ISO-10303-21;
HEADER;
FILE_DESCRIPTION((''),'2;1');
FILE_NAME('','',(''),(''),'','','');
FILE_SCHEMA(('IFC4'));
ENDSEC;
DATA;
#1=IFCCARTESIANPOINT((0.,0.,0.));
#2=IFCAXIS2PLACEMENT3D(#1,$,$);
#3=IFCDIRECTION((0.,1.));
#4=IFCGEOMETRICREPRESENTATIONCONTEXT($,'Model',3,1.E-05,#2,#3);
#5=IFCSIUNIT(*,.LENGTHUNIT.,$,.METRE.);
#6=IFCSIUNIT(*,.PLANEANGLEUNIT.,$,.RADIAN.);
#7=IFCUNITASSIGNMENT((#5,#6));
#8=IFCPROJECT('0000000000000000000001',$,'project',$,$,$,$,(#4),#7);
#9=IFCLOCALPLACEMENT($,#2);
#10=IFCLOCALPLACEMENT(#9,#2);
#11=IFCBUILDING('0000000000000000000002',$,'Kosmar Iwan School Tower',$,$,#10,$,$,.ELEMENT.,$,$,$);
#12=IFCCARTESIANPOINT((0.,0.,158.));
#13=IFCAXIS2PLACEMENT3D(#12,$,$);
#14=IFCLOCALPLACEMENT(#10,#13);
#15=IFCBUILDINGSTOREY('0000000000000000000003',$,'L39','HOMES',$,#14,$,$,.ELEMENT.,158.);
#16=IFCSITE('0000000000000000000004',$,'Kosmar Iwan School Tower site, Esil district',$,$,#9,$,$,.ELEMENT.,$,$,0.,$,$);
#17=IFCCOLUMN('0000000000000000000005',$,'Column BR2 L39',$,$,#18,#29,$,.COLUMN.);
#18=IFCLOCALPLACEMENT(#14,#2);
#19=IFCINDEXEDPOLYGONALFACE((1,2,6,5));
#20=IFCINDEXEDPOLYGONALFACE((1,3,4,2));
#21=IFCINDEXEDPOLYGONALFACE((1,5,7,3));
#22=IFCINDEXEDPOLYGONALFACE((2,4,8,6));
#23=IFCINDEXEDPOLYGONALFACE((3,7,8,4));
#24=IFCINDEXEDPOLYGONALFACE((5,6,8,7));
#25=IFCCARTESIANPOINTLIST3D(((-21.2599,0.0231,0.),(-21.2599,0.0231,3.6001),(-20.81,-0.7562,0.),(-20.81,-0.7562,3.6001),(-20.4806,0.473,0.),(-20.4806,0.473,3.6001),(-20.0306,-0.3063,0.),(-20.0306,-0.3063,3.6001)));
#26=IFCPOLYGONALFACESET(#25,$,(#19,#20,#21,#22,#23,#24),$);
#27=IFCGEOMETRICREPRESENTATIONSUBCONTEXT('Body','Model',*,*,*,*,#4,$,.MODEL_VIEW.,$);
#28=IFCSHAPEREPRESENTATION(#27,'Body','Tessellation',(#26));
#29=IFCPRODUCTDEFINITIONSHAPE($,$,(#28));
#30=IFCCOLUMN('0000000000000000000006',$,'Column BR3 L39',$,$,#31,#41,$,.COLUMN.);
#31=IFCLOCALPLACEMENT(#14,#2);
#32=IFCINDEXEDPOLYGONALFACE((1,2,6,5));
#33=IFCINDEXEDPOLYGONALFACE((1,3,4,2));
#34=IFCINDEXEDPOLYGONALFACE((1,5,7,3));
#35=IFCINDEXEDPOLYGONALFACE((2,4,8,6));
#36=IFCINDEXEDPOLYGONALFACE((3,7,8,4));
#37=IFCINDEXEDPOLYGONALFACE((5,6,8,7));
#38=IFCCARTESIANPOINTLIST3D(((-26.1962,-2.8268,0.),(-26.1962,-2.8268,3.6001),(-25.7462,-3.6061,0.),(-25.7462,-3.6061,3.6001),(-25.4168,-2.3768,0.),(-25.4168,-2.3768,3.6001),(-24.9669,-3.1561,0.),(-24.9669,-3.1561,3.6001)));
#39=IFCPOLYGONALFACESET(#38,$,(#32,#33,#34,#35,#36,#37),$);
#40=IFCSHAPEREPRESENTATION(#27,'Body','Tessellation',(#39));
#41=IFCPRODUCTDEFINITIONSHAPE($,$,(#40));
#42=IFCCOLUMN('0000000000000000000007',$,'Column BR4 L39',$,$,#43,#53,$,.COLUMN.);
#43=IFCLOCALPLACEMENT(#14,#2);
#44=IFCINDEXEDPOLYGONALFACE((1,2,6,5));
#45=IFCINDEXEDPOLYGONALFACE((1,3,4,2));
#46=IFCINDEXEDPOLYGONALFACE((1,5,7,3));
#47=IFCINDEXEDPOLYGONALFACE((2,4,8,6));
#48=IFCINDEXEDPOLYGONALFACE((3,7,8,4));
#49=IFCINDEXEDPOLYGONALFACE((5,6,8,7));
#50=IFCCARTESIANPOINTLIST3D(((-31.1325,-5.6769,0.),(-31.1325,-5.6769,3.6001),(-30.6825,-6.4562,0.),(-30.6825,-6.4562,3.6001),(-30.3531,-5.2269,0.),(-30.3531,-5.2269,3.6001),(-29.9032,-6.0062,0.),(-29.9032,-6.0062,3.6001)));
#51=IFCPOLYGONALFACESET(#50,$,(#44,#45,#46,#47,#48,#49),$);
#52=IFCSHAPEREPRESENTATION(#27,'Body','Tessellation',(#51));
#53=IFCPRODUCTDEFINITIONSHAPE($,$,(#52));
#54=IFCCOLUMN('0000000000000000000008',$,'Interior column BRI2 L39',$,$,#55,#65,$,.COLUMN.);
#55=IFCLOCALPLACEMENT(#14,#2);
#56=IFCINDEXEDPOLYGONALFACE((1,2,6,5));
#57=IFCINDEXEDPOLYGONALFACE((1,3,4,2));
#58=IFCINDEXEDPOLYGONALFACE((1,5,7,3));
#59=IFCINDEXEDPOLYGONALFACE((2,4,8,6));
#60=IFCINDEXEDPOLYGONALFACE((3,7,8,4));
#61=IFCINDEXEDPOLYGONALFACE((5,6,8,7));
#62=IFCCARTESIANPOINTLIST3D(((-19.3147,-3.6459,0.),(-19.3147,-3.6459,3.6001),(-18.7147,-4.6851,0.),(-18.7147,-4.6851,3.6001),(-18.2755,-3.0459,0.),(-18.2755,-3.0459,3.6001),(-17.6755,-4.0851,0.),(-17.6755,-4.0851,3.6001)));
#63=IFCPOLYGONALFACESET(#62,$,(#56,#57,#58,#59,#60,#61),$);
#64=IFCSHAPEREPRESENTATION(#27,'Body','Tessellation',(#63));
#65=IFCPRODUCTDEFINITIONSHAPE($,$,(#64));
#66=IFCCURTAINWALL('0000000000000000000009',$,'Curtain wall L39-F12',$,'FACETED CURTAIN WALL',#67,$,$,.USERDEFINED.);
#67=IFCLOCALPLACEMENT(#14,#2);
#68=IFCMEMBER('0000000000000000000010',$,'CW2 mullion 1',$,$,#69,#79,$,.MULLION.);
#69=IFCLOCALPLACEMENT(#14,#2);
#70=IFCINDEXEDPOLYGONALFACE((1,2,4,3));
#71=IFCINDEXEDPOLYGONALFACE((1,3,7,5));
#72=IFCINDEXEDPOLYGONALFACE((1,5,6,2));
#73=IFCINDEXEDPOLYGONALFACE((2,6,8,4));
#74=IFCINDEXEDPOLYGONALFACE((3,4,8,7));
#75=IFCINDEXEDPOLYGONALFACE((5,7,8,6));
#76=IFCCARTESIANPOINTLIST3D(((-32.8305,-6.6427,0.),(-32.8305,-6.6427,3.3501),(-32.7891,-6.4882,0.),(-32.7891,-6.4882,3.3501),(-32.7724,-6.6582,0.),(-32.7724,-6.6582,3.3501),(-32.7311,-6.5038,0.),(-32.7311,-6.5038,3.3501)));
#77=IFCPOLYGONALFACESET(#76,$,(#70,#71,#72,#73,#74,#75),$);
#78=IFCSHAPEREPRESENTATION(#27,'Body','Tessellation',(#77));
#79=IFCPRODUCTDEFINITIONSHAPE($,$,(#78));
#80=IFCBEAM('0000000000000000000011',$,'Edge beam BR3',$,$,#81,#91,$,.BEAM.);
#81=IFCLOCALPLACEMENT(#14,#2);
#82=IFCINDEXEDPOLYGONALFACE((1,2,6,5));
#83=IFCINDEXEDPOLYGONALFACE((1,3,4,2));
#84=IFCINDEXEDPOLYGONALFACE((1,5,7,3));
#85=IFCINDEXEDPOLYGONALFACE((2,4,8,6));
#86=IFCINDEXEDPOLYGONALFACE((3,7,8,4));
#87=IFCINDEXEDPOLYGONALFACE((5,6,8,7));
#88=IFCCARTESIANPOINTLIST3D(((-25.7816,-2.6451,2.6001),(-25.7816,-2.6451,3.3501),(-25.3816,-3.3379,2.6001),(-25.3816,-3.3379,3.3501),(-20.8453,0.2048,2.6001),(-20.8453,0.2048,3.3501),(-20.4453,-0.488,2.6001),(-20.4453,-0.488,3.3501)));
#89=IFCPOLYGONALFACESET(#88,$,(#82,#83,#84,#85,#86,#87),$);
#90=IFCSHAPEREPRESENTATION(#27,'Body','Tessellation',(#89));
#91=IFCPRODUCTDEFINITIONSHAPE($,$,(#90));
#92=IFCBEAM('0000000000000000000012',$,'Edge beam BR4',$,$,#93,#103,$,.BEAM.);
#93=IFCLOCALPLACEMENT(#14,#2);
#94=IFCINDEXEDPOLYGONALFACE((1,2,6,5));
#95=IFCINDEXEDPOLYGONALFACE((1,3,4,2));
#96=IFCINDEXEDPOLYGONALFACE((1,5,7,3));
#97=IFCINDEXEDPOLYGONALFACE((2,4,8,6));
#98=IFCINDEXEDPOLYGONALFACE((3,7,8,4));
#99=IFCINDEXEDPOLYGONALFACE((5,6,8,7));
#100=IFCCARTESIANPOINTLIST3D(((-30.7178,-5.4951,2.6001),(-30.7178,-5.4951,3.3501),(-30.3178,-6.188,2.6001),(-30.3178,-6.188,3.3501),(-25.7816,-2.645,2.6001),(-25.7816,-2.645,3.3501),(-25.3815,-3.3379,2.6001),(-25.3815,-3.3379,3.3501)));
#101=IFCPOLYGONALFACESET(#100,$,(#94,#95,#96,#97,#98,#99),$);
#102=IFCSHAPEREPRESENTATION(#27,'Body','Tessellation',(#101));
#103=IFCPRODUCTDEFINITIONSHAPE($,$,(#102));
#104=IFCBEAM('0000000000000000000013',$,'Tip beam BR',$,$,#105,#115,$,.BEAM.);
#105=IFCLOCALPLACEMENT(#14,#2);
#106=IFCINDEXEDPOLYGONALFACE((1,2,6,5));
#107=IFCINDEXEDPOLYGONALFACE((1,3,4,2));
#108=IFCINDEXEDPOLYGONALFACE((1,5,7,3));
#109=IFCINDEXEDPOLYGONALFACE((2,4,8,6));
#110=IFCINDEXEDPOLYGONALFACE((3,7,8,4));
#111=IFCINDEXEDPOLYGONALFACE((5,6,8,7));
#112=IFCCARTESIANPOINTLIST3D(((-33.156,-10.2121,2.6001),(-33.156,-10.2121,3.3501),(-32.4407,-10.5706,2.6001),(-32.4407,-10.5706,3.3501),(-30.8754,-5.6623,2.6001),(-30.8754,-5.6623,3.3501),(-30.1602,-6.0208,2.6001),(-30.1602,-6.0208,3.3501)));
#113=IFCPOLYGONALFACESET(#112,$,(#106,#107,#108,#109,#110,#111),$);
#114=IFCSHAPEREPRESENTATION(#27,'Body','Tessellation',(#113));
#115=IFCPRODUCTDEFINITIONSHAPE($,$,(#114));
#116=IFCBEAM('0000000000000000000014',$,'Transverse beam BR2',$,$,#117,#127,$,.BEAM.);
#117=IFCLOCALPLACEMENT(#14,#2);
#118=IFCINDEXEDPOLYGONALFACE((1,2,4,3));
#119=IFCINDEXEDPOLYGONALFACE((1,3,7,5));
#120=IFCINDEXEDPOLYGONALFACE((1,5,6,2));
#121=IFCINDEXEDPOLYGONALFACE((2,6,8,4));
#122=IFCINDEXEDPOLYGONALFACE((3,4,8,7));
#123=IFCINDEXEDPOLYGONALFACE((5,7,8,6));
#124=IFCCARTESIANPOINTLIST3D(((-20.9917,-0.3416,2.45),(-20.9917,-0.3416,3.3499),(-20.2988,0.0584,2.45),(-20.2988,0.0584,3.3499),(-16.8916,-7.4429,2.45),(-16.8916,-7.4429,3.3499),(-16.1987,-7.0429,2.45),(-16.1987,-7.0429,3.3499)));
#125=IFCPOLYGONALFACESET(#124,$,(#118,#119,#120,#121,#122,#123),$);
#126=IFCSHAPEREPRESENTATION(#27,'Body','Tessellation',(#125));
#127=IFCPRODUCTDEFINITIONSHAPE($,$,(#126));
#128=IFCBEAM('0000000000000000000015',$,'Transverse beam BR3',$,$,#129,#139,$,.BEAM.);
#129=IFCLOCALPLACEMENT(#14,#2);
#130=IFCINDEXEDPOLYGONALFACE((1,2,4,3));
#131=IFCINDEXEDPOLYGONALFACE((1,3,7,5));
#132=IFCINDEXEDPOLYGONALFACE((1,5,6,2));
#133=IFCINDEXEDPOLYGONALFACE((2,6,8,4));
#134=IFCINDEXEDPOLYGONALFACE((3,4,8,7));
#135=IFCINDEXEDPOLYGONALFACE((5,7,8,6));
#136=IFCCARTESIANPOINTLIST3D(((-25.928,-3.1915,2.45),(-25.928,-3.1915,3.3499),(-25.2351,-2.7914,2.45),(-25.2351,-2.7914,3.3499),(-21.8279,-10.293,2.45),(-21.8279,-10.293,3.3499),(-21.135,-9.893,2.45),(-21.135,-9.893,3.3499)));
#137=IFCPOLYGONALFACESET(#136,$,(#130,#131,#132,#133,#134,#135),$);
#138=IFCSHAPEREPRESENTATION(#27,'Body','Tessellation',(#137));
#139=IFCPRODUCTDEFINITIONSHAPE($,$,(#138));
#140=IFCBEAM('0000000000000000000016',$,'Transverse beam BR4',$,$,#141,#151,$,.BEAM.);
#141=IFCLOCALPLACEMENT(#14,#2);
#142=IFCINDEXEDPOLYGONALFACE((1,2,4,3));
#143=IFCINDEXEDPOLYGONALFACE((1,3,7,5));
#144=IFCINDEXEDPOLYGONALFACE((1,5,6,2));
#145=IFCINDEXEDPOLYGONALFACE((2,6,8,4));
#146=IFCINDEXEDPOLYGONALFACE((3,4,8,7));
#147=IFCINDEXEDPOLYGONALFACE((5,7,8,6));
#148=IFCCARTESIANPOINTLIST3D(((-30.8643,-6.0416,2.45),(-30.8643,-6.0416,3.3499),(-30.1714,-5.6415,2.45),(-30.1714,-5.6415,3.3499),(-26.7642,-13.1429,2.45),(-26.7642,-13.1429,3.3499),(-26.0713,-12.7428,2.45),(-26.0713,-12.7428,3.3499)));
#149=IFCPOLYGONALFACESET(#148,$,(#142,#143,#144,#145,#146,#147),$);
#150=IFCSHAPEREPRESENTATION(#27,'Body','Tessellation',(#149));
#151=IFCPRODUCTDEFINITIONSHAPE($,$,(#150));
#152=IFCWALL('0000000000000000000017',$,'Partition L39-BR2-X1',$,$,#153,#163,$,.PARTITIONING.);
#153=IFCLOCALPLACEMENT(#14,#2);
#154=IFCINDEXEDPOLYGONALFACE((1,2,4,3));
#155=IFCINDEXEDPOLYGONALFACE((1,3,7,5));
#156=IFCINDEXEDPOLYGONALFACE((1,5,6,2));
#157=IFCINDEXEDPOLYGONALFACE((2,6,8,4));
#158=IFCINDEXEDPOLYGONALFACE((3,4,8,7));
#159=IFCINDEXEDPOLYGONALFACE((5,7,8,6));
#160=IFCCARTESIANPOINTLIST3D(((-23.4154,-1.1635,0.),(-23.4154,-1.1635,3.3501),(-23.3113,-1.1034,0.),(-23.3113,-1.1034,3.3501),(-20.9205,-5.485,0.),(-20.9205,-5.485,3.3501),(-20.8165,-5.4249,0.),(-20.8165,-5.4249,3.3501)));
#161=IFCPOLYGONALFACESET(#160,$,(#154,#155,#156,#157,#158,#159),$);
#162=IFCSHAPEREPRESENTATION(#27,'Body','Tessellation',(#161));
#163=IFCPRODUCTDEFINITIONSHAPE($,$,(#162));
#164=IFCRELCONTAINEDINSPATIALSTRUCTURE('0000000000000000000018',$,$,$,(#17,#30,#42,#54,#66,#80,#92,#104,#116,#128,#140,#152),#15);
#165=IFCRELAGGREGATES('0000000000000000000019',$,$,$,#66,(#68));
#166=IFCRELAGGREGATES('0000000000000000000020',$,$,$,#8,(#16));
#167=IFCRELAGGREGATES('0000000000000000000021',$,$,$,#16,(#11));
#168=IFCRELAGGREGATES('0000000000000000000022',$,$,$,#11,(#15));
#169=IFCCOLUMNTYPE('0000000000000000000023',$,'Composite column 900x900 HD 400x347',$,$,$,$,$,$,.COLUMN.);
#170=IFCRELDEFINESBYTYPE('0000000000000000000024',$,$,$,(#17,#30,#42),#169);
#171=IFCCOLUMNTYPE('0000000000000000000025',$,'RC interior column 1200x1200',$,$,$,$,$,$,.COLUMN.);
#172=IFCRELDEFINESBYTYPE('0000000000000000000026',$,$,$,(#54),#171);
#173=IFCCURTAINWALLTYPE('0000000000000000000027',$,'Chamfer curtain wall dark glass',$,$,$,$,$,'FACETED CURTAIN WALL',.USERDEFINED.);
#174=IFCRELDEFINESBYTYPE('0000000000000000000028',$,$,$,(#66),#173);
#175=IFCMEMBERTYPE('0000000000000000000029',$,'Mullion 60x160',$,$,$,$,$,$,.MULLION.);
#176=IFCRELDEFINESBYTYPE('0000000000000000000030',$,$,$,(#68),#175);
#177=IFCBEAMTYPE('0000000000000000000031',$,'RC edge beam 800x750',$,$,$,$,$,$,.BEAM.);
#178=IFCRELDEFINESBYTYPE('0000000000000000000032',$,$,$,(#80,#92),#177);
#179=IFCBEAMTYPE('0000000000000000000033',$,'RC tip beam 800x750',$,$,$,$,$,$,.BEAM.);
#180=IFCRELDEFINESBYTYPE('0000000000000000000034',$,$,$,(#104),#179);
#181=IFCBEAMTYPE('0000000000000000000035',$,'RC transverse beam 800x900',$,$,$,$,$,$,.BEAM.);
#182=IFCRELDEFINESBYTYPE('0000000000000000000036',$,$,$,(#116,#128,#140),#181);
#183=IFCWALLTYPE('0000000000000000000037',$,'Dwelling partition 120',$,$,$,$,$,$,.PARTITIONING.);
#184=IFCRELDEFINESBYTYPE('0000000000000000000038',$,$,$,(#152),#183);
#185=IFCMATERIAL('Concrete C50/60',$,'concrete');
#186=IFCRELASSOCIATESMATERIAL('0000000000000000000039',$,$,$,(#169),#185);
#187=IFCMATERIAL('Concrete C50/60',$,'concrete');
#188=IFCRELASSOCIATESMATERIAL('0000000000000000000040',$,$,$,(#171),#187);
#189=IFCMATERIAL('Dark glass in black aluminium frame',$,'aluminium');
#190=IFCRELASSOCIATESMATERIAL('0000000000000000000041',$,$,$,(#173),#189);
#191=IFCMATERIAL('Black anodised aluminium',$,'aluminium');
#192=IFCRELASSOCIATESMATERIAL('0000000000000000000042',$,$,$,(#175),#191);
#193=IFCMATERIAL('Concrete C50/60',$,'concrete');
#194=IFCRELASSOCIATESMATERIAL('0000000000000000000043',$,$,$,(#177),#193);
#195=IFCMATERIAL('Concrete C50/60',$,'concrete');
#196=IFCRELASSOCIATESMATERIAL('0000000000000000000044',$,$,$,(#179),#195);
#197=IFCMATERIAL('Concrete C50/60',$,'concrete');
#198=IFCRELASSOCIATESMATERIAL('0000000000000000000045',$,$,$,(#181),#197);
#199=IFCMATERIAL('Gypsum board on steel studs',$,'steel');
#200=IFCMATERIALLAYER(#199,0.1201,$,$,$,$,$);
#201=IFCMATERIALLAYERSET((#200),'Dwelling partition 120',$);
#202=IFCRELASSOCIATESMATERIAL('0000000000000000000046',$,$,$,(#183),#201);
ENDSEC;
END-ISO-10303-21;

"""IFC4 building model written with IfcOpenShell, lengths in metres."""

from ifc_helpers import new_model, si_unit, direction, frame, frame_2d, origin, origin_2d, place, context, subcontext, project, spatial, rectangle, extrude, material, layer, layer_set, material_profile, profile_set, type_object, element, aggregate, save


model = new_model("IFC4")

# Units and contexts
model_context = context("Model", 3, precision=1e-05, world=origin(), true_north=direction((0.0, 1.0)))
body_context = subcontext(model_context, "Body", "Model", "MODEL_VIEW")
ifc_project = project(units=[si_unit("LENGTHUNIT", "METRE"), si_unit("PLANEANGLEUNIT", "RADIAN")], contexts=[model_context])

# Site, building, storey
site_placement = place(None, origin())
site = spatial("IfcSite", under=ifc_project, at=site_placement, Name="Kosmar Iwan School Tower site, Esil district", CompositionType="ELEMENT", RefElevation=0.0)
building_placement = place(site_placement, origin())
building = spatial("IfcBuilding", under=site, at=building_placement, Name="Kosmar Iwan School Tower", CompositionType="ELEMENT")
storey_placement = place(building_placement, frame((0.0, 0.0, 158.0)))
storey = spatial("IfcBuildingStorey", under=building, at=storey_placement, Name="L39", Description="HOMES", CompositionType="ELEMENT", Elevation=158.0)

# Columns
ifc_material_1 = material(Name="Concrete C50/60", Category="concrete")
ifc_material_profile_1 = material_profile(ifc_material_1, rectangle(XDim=0.8999, YDim=0.8999, at=origin_2d()), Name="RC 900x900 + HD 400x347")
ifc_profile_set_1 = profile_set([ifc_material_profile_1], Name="Concrete C50/60")
column_type_1 = type_object("IfcColumnType", Name="Composite column 900x900 HD 400x347", PredefinedType="COLUMN", material=ifc_profile_set_1)
for number, where, z_axis, x_axis, name in (
    (1, (-20.6453, -0.1416, 0.0), (0.0, 0.0, 1.0), (-0.866025, -0.5, 0.0), "Column BR2 L39"),
    (2, (-25.5815, -2.9915, 0.0), (0.0, 0.0, 1.0), (-0.866025, -0.5, 0.0), "Column BR3 L39"),
    (3, (-30.5178, -5.8416, 0.0), (0.0, 0.0, 1.0), (-0.866025, -0.5, 0.0), "Column BR4 L39"),
):
    element("IfcColumn", number, at=place(storey_placement, frame(where, z_axis=z_axis, x_axis=x_axis)), inside=storey, type_object=column_type_1, Name=name, PredefinedType="COLUMN", context=body_context, shape_type="SweptSolid", body=[
        extrude(rectangle(XDim=0.8999, YDim=0.8999, at=origin_2d()), origin(), (0.0, 0.0, 1.0), 3.6001),
    ])
ifc_material_2 = material(Name="Concrete C50/60", Category="concrete")
ifc_material_profile_2 = material_profile(ifc_material_2, rectangle(XDim=1.2, YDim=1.2, at=origin_2d()), Name="RC 1200x1200")
ifc_profile_set_2 = profile_set([ifc_material_profile_2], Name="Concrete C50/60")
column_type_2 = type_object("IfcColumnType", Name="RC interior column 1200x1200", PredefinedType="COLUMN", material=ifc_profile_set_2)
column_placement = place(storey_placement, frame((-18.4951, -3.8655, 0.0), z_axis=(0.0, 0.0, 1.0), x_axis=(-0.866025, -0.5, 0.0)))
element("IfcColumn", 4, at=column_placement, inside=storey, type_object=column_type_2, Name="Interior column BRI2 L39", PredefinedType="COLUMN", context=body_context, shape_type="SweptSolid", body=[
    extrude(rectangle(XDim=1.2, YDim=1.2, at=origin_2d()), origin(), (0.0, 0.0, 1.0), 3.6001),
])

# Curtain wall, member
ifc_material_3 = material(Name="Dark glass in black aluminium frame", Category="aluminium")
curtain_wall_type = type_object("IfcCurtainWallType", Name="Chamfer curtain wall dark glass", ElementType="FACETED CURTAIN WALL", PredefinedType="USERDEFINED", material=ifc_material_3)
curtain_wall_placement = place(storey_placement, origin())
curtain_wall = element("IfcCurtainWall", 5, at=curtain_wall_placement, inside=storey, type_object=curtain_wall_type, Name="Curtain wall L39-F12", ObjectType="FACETED CURTAIN WALL", PredefinedType="USERDEFINED")
ifc_material_4 = material(Name="Black anodised aluminium", Category="aluminium")
ifc_material_profile_3 = material_profile(ifc_material_4, rectangle(XDim=0.0601, YDim=0.1599, at=origin_2d()), Name="MULLION 60x160")
ifc_profile_set_3 = profile_set([ifc_material_profile_3], Name="Black anodised aluminium")
member_type = type_object("IfcMemberType", Name="Mullion 60x160", PredefinedType="MULLION", material=ifc_profile_set_3)
member_placement = place(storey_placement, frame((-32.7808, -6.5732, 0.0), z_axis=(0.0, 0.0, 1.0), x_axis=(0.965926, -0.258819, 0.0)))
member = element("IfcMember", 6, at=member_placement, type_object=member_type, Name="CW2 mullion 1", PredefinedType="MULLION", context=body_context, shape_type="SweptSolid", body=[
    extrude(rectangle(XDim=0.0601, YDim=0.1599, at=origin_2d()), origin(), (0.0, 0.0, 1.0), 3.3501),
])
aggregate(curtain_wall, [member])

# Beams
ifc_material_5 = material(Name="Concrete C50/60", Category="concrete")
ifc_material_profile_4 = material_profile(ifc_material_5, rectangle(XDim=0.8, YDim=0.75, at=origin_2d()), Name="RC 800x750")
ifc_profile_set_4 = profile_set([ifc_material_profile_4], Name="Concrete C50/60")
beam_type_1 = type_object("IfcBeamType", Name="RC edge beam 800x750", PredefinedType="BEAM", material=ifc_profile_set_4)
for number, where, z_axis, x_axis, name in (
    (7, (-20.6453, -0.1416, 2.9751), (-0.866034, -0.499986, 0.0), (0.499986, -0.866034, 0.0), "Edge beam BR3"),
    (8, (-25.5815, -2.9915, 2.9751), (-0.866015, -0.500018, 0.0), (0.500018, -0.866015, 0.0), "Edge beam BR4"),
):
    element("IfcBeam", number, at=place(storey_placement, frame(where, z_axis=z_axis, x_axis=x_axis)), inside=storey, type_object=beam_type_1, Name=name, PredefinedType="BEAM", context=body_context, shape_type="SweptSolid", body=[
        extrude(rectangle(XDim=0.8, YDim=0.75, at=origin_2d()), origin(), (0.0, 0.0, 1.0), 5.7),
    ])
ifc_material_6 = material(Name="Concrete C50/60", Category="concrete")
ifc_material_profile_5 = material_profile(ifc_material_6, rectangle(XDim=0.8, YDim=0.75, at=origin_2d()), Name="RC 800x750")
ifc_profile_set_5 = profile_set([ifc_material_profile_5], Name="Concrete C50/60")
beam_type_2 = type_object("IfcBeamType", Name="RC tip beam 800x750", PredefinedType="BEAM", material=ifc_profile_set_5)
beam_1_placement = place(storey_placement, frame((-30.5178, -5.8416, 2.9751), z_axis=(-0.448096, -0.893985, 0.0), x_axis=(0.893985, -0.448096, 0.0)))
element("IfcBeam", 9, at=beam_1_placement, inside=storey, type_object=beam_type_2, Name="Tip beam BR", PredefinedType="BEAM", context=body_context, shape_type="SweptSolid", body=[
    extrude(rectangle(XDim=0.8, YDim=0.75, at=origin_2d()), origin(), (0.0, 0.0, 1.0), 5.0894),
])
ifc_material_7 = material(Name="Concrete C50/60", Category="concrete")
ifc_material_profile_6 = material_profile(ifc_material_7, rectangle(XDim=0.8, YDim=0.8999, at=origin_2d()), Name="RC 800x900")
ifc_profile_set_6 = profile_set([ifc_material_profile_6], Name="Concrete C50/60")
beam_type_3 = type_object("IfcBeamType", Name="RC transverse beam 800x900", PredefinedType="BEAM", material=ifc_profile_set_6)
beam_2_placement = place(storey_placement, frame((-20.6453, -0.1416, 2.8999), z_axis=(0.500014, -0.866018, 0.0), x_axis=(0.866018, 0.500014, 0.0)))
element("IfcBeam", 10, at=beam_2_placement, inside=storey, type_object=beam_type_3, Name="Transverse beam BR2", PredefinedType="BEAM", context=body_context, shape_type="SweptSolid", body=[
    extrude(rectangle(XDim=0.8, YDim=0.8999, at=origin_2d()), origin(), (0.0, 0.0, 1.0), 8.2),
])
beam_3_placement = place(storey_placement, frame((-25.5815, -2.9915, 2.8999), z_axis=(0.500001, -0.866025, 0.0), x_axis=(0.866025, 0.500001, 0.0)))
element("IfcBeam", 11, at=beam_3_placement, inside=storey, type_object=beam_type_3, Name="Transverse beam BR3", PredefinedType="BEAM", context=body_context, shape_type="SweptSolid", body=[
    extrude(rectangle(XDim=0.8, YDim=0.8999, at=origin_2d()), origin(), (0.0, 0.0, 1.0), 8.2002),
])
beam_4_placement = place(storey_placement, frame((-30.5178, -5.8416, 2.8999), z_axis=(0.500014, -0.866018, 0.0), x_axis=(0.866018, 0.500014, 0.0)))
element("IfcBeam", 12, at=beam_4_placement, inside=storey, type_object=beam_type_3, Name="Transverse beam BR4", PredefinedType="BEAM", context=body_context, shape_type="SweptSolid", body=[
    extrude(rectangle(XDim=0.8, YDim=0.8999, at=origin_2d()), origin(), (0.0, 0.0, 1.0), 8.2),
])

# Wall
ifc_material_8 = material(Name="Gypsum board on steel studs", Category="steel")
ifc_layer = layer(ifc_material_8, 0.1201)
ifc_layer_set = layer_set([ifc_layer], Name="Dwelling partition 120")
wall_type = type_object("IfcWallType", Name="Dwelling partition 120", PredefinedType="PARTITIONING", material=ifc_layer_set)
wall_placement = place(storey_placement, frame((-20.8684, -5.4551, 0.0), z_axis=(0.0, 0.0, 1.0), x_axis=(-0.499975, 0.86604, 0.0)))
element("IfcWall", 13, at=wall_placement, inside=storey, type_object=wall_type, Name="Partition L39-BR2-X1", PredefinedType="PARTITIONING", context=body_context, shape_type="SweptSolid", body=[
    extrude(rectangle(XDim=4.99, YDim=0.1201, at=frame_2d((2.4951, 0.0))), origin(), (0.0, 0.0, 1.0), 3.3501),
])

save(model, "model.ifc")
